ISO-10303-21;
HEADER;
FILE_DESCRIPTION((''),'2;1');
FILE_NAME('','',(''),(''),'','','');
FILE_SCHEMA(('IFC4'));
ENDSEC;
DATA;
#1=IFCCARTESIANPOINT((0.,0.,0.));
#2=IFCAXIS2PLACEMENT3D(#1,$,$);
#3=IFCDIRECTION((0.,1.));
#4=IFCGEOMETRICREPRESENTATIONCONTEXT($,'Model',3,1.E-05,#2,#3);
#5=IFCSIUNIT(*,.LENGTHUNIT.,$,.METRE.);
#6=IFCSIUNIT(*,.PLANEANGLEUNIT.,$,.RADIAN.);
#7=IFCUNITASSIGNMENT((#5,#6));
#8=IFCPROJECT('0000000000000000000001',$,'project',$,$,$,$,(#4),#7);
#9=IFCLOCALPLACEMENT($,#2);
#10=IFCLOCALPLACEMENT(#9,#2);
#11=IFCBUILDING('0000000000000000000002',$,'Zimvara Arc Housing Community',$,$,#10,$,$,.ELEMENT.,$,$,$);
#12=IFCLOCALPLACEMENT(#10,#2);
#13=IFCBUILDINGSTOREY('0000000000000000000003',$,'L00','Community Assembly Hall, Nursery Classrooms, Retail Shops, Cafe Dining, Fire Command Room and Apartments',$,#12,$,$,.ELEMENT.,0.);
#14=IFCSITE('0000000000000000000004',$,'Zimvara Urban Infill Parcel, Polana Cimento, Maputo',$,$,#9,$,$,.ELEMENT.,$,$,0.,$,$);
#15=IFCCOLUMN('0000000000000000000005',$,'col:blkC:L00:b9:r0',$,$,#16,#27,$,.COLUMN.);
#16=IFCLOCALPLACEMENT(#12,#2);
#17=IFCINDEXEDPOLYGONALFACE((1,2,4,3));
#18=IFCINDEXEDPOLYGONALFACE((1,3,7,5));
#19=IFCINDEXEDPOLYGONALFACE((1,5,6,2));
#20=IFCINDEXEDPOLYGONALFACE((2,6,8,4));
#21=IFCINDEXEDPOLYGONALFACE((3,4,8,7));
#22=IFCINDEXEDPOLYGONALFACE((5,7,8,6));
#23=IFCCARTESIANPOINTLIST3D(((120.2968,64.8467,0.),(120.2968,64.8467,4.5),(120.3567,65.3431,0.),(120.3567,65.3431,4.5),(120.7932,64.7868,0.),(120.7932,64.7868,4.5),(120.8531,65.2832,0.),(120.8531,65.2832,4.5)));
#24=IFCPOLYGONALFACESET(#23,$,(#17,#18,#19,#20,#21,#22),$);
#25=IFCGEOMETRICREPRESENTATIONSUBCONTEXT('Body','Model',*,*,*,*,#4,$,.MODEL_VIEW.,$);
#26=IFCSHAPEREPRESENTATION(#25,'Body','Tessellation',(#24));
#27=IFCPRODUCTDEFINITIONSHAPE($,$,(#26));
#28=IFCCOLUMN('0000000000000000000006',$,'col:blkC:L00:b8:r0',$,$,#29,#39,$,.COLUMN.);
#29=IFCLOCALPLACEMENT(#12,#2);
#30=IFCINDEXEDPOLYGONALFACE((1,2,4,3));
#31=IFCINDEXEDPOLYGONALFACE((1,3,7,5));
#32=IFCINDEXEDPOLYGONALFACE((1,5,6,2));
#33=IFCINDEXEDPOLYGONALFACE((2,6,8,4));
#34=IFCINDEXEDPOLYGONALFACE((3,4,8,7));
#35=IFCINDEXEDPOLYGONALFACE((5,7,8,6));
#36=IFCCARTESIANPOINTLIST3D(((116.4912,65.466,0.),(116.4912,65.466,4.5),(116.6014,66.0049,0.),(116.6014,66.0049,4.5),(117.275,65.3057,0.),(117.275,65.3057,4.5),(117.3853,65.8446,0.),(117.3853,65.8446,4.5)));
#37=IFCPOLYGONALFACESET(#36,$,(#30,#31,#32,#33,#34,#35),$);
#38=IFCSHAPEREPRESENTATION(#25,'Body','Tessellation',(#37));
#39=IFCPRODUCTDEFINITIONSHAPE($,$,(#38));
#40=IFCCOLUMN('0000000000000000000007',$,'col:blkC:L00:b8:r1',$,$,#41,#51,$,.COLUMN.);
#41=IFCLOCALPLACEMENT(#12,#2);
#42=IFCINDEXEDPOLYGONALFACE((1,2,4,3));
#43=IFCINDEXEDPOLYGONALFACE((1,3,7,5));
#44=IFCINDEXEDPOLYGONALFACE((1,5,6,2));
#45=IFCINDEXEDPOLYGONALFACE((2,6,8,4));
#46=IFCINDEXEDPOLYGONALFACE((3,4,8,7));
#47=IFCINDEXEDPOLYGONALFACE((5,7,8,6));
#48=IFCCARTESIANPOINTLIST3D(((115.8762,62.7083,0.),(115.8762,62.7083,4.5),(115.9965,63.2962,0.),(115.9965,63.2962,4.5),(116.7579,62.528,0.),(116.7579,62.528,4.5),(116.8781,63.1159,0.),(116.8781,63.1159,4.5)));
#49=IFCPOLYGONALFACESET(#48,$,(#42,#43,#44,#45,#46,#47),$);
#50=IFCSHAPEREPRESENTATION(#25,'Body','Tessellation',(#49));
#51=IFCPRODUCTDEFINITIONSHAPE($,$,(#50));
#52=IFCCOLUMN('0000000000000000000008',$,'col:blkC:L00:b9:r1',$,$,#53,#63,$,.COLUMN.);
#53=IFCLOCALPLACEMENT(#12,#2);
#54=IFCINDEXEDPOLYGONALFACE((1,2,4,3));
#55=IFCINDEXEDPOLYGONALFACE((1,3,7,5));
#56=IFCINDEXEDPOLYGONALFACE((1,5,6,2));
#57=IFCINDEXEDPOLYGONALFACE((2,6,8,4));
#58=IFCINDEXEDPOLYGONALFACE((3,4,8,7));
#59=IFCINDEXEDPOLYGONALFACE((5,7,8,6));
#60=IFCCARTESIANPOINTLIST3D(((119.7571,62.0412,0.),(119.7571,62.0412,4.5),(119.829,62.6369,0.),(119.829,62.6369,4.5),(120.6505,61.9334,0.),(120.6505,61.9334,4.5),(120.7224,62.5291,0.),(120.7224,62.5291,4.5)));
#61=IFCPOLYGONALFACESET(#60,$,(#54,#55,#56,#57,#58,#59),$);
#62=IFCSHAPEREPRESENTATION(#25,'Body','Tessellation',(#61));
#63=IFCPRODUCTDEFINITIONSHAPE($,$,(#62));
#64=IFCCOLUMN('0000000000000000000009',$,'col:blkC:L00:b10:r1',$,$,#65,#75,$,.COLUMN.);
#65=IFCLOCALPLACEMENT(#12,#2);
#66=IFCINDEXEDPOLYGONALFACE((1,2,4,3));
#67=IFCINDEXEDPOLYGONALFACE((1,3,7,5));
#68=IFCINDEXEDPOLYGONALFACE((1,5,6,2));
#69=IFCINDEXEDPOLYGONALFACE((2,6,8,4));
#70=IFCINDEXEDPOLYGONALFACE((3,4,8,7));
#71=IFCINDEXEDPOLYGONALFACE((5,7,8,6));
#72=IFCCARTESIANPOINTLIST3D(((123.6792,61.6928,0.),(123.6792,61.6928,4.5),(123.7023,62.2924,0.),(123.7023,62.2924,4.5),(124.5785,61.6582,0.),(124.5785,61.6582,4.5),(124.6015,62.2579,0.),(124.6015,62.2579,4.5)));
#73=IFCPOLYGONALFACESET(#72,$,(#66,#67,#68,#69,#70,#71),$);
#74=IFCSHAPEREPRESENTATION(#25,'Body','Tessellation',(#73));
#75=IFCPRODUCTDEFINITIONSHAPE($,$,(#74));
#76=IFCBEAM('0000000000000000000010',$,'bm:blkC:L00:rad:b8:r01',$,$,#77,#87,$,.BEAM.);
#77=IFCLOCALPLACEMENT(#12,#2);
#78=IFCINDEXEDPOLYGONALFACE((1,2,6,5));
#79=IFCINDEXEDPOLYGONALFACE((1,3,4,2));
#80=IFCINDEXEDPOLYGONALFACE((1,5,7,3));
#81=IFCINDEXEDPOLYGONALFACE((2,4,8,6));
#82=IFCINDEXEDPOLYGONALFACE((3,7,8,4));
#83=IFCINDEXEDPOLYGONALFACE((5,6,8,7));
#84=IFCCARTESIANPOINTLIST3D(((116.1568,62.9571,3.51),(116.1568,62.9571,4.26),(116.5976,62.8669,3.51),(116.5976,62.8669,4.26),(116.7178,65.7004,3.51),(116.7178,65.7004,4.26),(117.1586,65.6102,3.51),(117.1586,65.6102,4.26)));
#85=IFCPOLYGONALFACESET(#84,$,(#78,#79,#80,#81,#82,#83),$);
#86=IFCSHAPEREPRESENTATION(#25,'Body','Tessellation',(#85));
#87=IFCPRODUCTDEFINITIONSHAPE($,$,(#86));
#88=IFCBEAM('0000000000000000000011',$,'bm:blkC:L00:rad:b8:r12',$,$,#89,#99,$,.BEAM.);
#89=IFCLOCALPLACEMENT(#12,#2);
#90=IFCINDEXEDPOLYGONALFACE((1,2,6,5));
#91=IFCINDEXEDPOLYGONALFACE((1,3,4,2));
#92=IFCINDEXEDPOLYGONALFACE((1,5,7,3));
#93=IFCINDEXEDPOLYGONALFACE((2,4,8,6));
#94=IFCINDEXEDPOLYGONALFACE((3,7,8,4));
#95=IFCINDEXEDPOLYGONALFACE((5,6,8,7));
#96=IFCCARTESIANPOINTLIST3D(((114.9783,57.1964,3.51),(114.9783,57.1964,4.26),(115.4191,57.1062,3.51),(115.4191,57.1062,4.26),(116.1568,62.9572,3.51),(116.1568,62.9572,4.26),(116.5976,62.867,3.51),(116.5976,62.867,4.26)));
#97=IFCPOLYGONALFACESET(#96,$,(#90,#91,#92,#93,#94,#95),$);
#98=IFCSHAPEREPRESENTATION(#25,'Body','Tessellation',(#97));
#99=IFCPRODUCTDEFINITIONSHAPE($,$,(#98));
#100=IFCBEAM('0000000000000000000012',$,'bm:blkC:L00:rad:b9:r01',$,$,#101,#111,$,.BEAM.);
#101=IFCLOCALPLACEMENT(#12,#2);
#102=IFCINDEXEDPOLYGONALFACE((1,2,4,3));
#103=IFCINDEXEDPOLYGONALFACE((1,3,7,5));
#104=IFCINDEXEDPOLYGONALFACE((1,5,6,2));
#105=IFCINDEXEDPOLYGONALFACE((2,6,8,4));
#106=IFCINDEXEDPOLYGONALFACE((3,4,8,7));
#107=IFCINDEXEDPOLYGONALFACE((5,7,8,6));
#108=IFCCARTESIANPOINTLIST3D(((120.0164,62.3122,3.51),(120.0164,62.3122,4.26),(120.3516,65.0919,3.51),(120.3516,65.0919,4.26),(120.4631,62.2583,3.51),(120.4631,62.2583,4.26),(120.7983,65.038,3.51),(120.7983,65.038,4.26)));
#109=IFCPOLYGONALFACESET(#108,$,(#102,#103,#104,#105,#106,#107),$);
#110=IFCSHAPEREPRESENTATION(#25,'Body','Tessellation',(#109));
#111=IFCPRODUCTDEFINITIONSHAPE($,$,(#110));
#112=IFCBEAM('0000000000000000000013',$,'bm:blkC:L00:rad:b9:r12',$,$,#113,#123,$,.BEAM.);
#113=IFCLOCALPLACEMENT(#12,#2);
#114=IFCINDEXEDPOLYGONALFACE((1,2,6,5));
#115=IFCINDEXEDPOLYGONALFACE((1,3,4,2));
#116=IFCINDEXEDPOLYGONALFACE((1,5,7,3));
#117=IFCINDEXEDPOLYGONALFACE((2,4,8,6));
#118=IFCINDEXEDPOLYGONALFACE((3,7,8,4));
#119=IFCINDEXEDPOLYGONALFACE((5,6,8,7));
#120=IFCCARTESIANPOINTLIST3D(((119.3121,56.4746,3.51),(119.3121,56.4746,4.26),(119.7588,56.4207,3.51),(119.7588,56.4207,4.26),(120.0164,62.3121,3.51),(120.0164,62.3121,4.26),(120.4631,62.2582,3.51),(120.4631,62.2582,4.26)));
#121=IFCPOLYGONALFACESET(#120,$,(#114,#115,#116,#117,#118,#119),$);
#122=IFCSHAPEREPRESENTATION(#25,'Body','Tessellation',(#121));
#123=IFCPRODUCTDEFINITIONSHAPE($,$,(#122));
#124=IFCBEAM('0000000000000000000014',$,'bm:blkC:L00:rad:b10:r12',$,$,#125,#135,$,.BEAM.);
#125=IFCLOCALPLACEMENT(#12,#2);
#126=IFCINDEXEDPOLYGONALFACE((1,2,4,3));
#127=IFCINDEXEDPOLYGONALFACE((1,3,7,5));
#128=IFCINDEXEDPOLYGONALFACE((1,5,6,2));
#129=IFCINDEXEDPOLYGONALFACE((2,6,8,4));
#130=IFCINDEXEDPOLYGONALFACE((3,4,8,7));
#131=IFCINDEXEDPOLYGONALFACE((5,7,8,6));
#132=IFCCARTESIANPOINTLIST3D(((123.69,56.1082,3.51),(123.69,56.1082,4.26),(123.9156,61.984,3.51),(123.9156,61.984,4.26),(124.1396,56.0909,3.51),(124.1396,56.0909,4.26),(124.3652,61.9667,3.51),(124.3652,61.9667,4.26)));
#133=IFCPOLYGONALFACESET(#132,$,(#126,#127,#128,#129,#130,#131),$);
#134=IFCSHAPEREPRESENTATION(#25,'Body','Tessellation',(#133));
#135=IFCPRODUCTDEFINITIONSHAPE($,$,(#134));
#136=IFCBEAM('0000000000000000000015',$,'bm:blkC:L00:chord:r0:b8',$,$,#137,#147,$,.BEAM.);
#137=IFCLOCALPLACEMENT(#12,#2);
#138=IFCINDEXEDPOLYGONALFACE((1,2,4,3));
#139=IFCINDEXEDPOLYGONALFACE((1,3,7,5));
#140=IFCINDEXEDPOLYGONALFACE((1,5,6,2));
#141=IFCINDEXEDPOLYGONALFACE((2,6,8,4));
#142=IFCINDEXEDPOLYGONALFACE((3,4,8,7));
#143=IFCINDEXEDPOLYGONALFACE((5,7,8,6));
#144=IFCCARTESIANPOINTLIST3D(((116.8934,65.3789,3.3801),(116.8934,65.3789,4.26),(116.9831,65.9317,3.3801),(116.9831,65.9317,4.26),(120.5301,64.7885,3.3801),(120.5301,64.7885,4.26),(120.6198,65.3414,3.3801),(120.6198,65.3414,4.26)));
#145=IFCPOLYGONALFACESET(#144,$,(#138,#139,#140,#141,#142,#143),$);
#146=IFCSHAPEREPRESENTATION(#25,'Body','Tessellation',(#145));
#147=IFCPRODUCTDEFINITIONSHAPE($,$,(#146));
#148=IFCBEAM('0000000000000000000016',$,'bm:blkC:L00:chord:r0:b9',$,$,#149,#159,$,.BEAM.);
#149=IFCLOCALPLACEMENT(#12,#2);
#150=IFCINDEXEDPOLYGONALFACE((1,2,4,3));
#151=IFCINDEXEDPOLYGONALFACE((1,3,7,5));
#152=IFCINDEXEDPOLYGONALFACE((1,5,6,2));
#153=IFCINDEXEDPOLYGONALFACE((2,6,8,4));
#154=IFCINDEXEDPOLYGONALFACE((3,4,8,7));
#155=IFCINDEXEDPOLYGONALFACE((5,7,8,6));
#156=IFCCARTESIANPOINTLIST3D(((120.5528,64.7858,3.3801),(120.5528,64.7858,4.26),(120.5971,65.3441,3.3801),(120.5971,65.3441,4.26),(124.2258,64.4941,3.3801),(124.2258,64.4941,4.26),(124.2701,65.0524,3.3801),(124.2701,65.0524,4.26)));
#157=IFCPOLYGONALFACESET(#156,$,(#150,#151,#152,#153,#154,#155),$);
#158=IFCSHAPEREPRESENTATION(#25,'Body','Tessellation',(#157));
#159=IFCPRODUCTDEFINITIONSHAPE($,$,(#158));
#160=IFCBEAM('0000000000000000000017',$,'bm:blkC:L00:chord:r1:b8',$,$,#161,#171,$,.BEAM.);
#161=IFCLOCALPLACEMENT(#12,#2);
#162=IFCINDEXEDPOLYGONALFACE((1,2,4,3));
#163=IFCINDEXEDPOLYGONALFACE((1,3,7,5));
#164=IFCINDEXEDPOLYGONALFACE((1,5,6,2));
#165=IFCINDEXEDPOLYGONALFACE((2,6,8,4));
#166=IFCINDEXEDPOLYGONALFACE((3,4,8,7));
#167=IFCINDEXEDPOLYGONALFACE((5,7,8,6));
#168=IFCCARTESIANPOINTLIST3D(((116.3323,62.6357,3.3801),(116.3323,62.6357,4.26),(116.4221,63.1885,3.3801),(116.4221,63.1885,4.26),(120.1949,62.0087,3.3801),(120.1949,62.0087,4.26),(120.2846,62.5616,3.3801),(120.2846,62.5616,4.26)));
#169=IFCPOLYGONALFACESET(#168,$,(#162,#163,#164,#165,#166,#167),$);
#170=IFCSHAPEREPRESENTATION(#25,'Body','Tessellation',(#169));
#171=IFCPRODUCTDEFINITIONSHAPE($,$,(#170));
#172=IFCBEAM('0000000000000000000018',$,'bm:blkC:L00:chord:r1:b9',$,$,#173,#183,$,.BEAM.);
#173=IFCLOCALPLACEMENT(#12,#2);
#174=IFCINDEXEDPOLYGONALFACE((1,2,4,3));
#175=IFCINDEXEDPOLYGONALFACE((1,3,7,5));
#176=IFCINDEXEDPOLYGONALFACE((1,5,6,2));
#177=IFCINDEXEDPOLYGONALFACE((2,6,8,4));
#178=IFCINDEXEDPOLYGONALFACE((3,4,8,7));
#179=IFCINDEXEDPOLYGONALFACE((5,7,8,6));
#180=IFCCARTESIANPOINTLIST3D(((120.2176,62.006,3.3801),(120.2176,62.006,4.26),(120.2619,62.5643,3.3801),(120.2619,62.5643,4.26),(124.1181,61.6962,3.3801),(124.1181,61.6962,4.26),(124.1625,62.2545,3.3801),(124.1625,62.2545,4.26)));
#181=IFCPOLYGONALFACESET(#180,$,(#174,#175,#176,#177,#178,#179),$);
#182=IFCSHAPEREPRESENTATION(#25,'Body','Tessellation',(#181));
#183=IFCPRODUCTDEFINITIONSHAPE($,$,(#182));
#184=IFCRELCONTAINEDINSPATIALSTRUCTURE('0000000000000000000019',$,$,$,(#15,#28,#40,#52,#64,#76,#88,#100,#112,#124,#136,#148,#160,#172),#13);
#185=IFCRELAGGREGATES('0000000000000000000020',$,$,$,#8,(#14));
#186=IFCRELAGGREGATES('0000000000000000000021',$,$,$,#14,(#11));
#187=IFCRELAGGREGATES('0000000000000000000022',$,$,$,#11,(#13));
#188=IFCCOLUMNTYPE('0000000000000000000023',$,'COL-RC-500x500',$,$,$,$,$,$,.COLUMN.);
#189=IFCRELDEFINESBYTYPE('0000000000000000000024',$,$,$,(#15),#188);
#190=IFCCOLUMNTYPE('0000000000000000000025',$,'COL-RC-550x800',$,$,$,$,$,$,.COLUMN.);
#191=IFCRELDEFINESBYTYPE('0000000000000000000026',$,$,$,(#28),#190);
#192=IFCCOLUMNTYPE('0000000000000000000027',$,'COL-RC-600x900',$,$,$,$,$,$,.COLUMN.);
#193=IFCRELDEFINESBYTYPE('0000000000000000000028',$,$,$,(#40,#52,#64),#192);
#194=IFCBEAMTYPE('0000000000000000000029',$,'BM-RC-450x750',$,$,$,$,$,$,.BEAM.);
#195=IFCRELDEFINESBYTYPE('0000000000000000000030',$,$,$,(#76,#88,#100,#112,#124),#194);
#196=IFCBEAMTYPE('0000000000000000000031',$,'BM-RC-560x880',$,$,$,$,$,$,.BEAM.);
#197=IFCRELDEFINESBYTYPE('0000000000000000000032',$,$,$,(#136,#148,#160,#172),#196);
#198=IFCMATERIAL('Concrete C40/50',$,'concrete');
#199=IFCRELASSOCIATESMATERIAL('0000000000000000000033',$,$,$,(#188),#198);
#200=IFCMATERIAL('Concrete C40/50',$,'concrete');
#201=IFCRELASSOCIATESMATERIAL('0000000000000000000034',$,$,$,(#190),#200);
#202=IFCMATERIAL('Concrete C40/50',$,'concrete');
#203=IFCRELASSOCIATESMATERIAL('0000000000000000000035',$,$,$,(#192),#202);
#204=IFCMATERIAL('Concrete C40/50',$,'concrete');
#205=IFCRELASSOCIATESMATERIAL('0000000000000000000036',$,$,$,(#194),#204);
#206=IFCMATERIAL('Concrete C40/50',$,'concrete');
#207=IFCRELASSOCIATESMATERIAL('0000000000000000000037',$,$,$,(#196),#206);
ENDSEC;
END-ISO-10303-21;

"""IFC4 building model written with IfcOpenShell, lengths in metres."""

from ifc_helpers import new_model, si_unit, direction, frame, origin, origin_2d, place, context, subcontext, project, spatial, rectangle, extrude, material, material_profile, profile_set, type_object, element, save


model = new_model("IFC4")

# Units and contexts
model_context = context("Model", 3, precision=1e-05, world=origin(), true_north=direction((0.0, 1.0)))
body_context = subcontext(model_context, "Body", "Model", "MODEL_VIEW")
ifc_project = project(units=[si_unit("LENGTHUNIT", "METRE"), si_unit("PLANEANGLEUNIT", "RADIAN")], contexts=[model_context])

# Site, building, storey
site_placement = place(None, origin())
site = spatial("IfcSite", under=ifc_project, at=site_placement, Name="Zimvara Urban Infill Parcel, Polana Cimento, Maputo", CompositionType="ELEMENT", RefElevation=0.0)
building_placement = place(site_placement, origin())
building = spatial("IfcBuilding", under=site, at=building_placement, Name="Zimvara Arc Housing Community", CompositionType="ELEMENT")
storey_placement = place(building_placement, origin())
storey = spatial("IfcBuildingStorey", under=building, at=storey_placement, Name="L00", Description="Community Assembly Hall, Nursery Classrooms, Retail Shops, Cafe Dining, Fire Command Room and Apartments", CompositionType="ELEMENT", Elevation=0.0)

# Columns
ifc_material_1 = material(Name="Concrete C40/50", Category="concrete")
ifc_material_profile_1 = material_profile(ifc_material_1, rectangle(XDim=0.5, YDim=0.5, at=origin_2d()), Name="RC 500x500")
ifc_profile_set_1 = profile_set([ifc_material_profile_1], Name="Concrete C40/50")
column_type_1 = type_object("IfcColumnType", Name="COL-RC-500x500", PredefinedType="COLUMN", material=ifc_profile_set_1)
column_1_placement = place(storey_placement, frame((120.575, 65.0649, 0.0), z_axis=(0.0, 0.0, 1.0), x_axis=(-0.11979, -0.992799, 0.0)))
element("IfcColumn", 1, at=column_1_placement, inside=storey, type_object=column_type_1, Name="col:blkC:L00:b9:r0", PredefinedType="COLUMN", context=body_context, shape_type="SweptSolid", body=[
    extrude(rectangle(XDim=0.5, YDim=0.5, at=origin_2d()), origin(), (0.0, 0.0, 1.0), 4.5),
])
ifc_material_2 = material(Name="Concrete C40/50", Category="concrete")
ifc_material_profile_2 = material_profile(ifc_material_2, rectangle(XDim=0.55, YDim=0.8, at=origin_2d()), Name="RC 550x800")
ifc_profile_set_2 = profile_set([ifc_material_profile_2], Name="Concrete C40/50")
column_type_2 = type_object("IfcColumnType", Name="COL-RC-550x800", PredefinedType="COLUMN", material=ifc_profile_set_2)
column_2_placement = place(storey_placement, frame((116.9382, 65.6553, 0.0), z_axis=(0.0, 0.0, 1.0), x_axis=(-0.200394, -0.979715, 0.0)))
element("IfcColumn", 2, at=column_2_placement, inside=storey, type_object=column_type_2, Name="col:blkC:L00:b8:r0", PredefinedType="COLUMN", context=body_context, shape_type="SweptSolid", body=[
    extrude(rectangle(XDim=0.55, YDim=0.8, at=origin_2d()), origin(), (0.0, 0.0, 1.0), 4.5),
])
ifc_material_3 = material(Name="Concrete C40/50", Category="concrete")
ifc_material_profile_3 = material_profile(ifc_material_3, rectangle(XDim=0.6001, YDim=0.8999, at=origin_2d()), Name="RC 600x900")
ifc_profile_set_3 = profile_set([ifc_material_profile_3], Name="Concrete C40/50")
column_type_3 = type_object("IfcColumnType", Name="COL-RC-600x900", PredefinedType="COLUMN", material=ifc_profile_set_3)
for number, where, z_axis, x_axis, name in (
    (3, (116.3772, 62.9121, 0.0), (0.0, 0.0, 1.0), (-0.200394, -0.979715, 0.0), "col:blkC:L00:b8:r1"),
    (4, (120.2397, 62.2852, 0.0), (0.0, 0.0, 1.0), (-0.11979, -0.992799, 0.0), "col:blkC:L00:b9:r1"),
    (5, (124.1404, 61.9753, 0.0), (0.0, 0.0, 1.0), (-0.038388, -0.999263, 0.0), "col:blkC:L00:b10:r1"),
):
    element("IfcColumn", number, at=place(storey_placement, frame(where, z_axis=z_axis, x_axis=x_axis)), inside=storey, type_object=column_type_3, Name=name, PredefinedType="COLUMN", context=body_context, shape_type="SweptSolid", body=[
        extrude(rectangle(XDim=0.6001, YDim=0.8999, at=origin_2d()), origin(), (0.0, 0.0, 1.0), 4.5),
    ])

# Beams
ifc_material_4 = material(Name="Concrete C40/50", Category="concrete")
ifc_material_profile_4 = material_profile(ifc_material_4, rectangle(XDim=0.45, YDim=0.75, at=origin_2d()), Name="RC 450x750")
ifc_profile_set_4 = profile_set([ifc_material_profile_4], Name="Concrete C40/50")
beam_type_1 = type_object("IfcBeamType", Name="BM-RC-450x750", PredefinedType="BEAM", material=ifc_profile_set_4)
beam_1_placement = place(storey_placement, frame((116.9382, 65.6553, 3.885), z_axis=(-0.200373, -0.97972, 0.0), x_axis=(0.97972, -0.200373, 0.0)))
element("IfcBeam", 6, at=beam_1_placement, inside=storey, type_object=beam_type_1, Name="bm:blkC:L00:rad:b8:r01", PredefinedType="BEAM", context=body_context, shape_type="SweptSolid", body=[
    extrude(rectangle(XDim=0.45, YDim=0.75, at=origin_2d()), origin(), (0.0, 0.0, 1.0), 2.8),
])
beam_2_placement = place(storey_placement, frame((116.3772, 62.9121, 3.885), z_axis=(-0.200418, -0.97971, 0.0), x_axis=(0.97971, -0.200418, 0.0)))
element("IfcBeam", 7, at=beam_2_placement, inside=storey, type_object=beam_type_1, Name="bm:blkC:L00:rad:b8:r12", PredefinedType="BEAM", context=body_context, shape_type="SweptSolid", body=[
    extrude(rectangle(XDim=0.45, YDim=0.75, at=origin_2d()), origin(), (0.0, 0.0, 1.0), 5.8801),
])
beam_3_placement = place(storey_placement, frame((120.575, 65.0649, 3.885), z_axis=(-0.119719, -0.992808, 0.0), x_axis=(0.992808, -0.119719, 0.0)))
element("IfcBeam", 8, at=beam_3_placement, inside=storey, type_object=beam_type_1, Name="bm:blkC:L00:rad:b9:r01", PredefinedType="BEAM", context=body_context, shape_type="SweptSolid", body=[
    extrude(rectangle(XDim=0.45, YDim=0.75, at=origin_2d()), origin(), (0.0, 0.0, 1.0), 2.7998),
])
beam_4_placement = place(storey_placement, frame((120.2397, 62.2852, 3.885), z_axis=(-0.119787, -0.9928, 0.0), x_axis=(0.9928, -0.119787, 0.0)))
element("IfcBeam", 9, at=beam_4_placement, inside=storey, type_object=beam_type_1, Name="bm:blkC:L00:rad:b9:r12", PredefinedType="BEAM", context=body_context, shape_type="SweptSolid", body=[
    extrude(rectangle(XDim=0.45, YDim=0.75, at=origin_2d()), origin(), (0.0, 0.0, 1.0), 5.8799),
])
beam_5_placement = place(storey_placement, frame((124.1404, 61.9753, 3.885), z_axis=(-0.038365, -0.999264, 0.0), x_axis=(0.999264, -0.038365, 0.0)))
element("IfcBeam", 10, at=beam_5_placement, inside=storey, type_object=beam_type_1, Name="bm:blkC:L00:rad:b10:r12", PredefinedType="BEAM", context=body_context, shape_type="SweptSolid", body=[
    extrude(rectangle(XDim=0.45, YDim=0.75, at=origin_2d()), origin(), (0.0, 0.0, 1.0), 5.8801),
])
ifc_material_5 = material(Name="Concrete C40/50", Category="concrete")
ifc_material_profile_5 = material_profile(ifc_material_5, rectangle(XDim=0.5601, YDim=0.8799, at=origin_2d()), Name="RC 560x880")
ifc_profile_set_5 = profile_set([ifc_material_profile_5], Name="Concrete C40/50")
beam_type_2 = type_object("IfcBeamType", Name="BM-RC-560x880", PredefinedType="BEAM", material=ifc_profile_set_5)
beam_6_placement = place(storey_placement, frame((116.9382, 65.6553, 3.8201), z_axis=(0.98708, -0.160228, 0.0), x_axis=(0.160228, 0.98708, 0.0)))
element("IfcBeam", 11, at=beam_6_placement, inside=storey, type_object=beam_type_2, Name="bm:blkC:L00:chord:r0:b8", PredefinedType="BEAM", context=body_context, shape_type="SweptSolid", body=[
    extrude(rectangle(XDim=0.5601, YDim=0.8799, at=origin_2d()), origin(), (0.0, 0.0, 1.0), 3.6843),
])
beam_7_placement = place(storey_placement, frame((120.575, 65.0649, 3.8201), z_axis=(0.99686, -0.079179, 0.0), x_axis=(0.079179, 0.99686, 0.0)))
element("IfcBeam", 12, at=beam_7_placement, inside=storey, type_object=beam_type_2, Name="bm:blkC:L00:chord:r0:b9", PredefinedType="BEAM", context=body_context, shape_type="SweptSolid", body=[
    extrude(rectangle(XDim=0.5601, YDim=0.8799, at=origin_2d()), origin(), (0.0, 0.0, 1.0), 3.6846),
])
beam_8_placement = place(storey_placement, frame((116.3772, 62.9121, 3.8201), z_axis=(0.987081, -0.160219, 0.0), x_axis=(0.160219, 0.987081, 0.0)))
element("IfcBeam", 13, at=beam_8_placement, inside=storey, type_object=beam_type_2, Name="bm:blkC:L00:chord:r1:b8", PredefinedType="BEAM", context=body_context, shape_type="SweptSolid", body=[
    extrude(rectangle(XDim=0.5601, YDim=0.8799, at=origin_2d()), origin(), (0.0, 0.0, 1.0), 3.9131),
])
beam_9_placement = place(storey_placement, frame((120.2397, 62.2852, 3.8201), z_axis=(0.996861, -0.079177, 0.0), x_axis=(0.079177, 0.996861, 0.0)))
element("IfcBeam", 14, at=beam_9_placement, inside=storey, type_object=beam_type_2, Name="bm:blkC:L00:chord:r1:b9", PredefinedType="BEAM", context=body_context, shape_type="SweptSolid", body=[
    extrude(rectangle(XDim=0.5601, YDim=0.8799, at=origin_2d()), origin(), (0.0, 0.0, 1.0), 3.9128),
])

save(model, "model.ifc")
